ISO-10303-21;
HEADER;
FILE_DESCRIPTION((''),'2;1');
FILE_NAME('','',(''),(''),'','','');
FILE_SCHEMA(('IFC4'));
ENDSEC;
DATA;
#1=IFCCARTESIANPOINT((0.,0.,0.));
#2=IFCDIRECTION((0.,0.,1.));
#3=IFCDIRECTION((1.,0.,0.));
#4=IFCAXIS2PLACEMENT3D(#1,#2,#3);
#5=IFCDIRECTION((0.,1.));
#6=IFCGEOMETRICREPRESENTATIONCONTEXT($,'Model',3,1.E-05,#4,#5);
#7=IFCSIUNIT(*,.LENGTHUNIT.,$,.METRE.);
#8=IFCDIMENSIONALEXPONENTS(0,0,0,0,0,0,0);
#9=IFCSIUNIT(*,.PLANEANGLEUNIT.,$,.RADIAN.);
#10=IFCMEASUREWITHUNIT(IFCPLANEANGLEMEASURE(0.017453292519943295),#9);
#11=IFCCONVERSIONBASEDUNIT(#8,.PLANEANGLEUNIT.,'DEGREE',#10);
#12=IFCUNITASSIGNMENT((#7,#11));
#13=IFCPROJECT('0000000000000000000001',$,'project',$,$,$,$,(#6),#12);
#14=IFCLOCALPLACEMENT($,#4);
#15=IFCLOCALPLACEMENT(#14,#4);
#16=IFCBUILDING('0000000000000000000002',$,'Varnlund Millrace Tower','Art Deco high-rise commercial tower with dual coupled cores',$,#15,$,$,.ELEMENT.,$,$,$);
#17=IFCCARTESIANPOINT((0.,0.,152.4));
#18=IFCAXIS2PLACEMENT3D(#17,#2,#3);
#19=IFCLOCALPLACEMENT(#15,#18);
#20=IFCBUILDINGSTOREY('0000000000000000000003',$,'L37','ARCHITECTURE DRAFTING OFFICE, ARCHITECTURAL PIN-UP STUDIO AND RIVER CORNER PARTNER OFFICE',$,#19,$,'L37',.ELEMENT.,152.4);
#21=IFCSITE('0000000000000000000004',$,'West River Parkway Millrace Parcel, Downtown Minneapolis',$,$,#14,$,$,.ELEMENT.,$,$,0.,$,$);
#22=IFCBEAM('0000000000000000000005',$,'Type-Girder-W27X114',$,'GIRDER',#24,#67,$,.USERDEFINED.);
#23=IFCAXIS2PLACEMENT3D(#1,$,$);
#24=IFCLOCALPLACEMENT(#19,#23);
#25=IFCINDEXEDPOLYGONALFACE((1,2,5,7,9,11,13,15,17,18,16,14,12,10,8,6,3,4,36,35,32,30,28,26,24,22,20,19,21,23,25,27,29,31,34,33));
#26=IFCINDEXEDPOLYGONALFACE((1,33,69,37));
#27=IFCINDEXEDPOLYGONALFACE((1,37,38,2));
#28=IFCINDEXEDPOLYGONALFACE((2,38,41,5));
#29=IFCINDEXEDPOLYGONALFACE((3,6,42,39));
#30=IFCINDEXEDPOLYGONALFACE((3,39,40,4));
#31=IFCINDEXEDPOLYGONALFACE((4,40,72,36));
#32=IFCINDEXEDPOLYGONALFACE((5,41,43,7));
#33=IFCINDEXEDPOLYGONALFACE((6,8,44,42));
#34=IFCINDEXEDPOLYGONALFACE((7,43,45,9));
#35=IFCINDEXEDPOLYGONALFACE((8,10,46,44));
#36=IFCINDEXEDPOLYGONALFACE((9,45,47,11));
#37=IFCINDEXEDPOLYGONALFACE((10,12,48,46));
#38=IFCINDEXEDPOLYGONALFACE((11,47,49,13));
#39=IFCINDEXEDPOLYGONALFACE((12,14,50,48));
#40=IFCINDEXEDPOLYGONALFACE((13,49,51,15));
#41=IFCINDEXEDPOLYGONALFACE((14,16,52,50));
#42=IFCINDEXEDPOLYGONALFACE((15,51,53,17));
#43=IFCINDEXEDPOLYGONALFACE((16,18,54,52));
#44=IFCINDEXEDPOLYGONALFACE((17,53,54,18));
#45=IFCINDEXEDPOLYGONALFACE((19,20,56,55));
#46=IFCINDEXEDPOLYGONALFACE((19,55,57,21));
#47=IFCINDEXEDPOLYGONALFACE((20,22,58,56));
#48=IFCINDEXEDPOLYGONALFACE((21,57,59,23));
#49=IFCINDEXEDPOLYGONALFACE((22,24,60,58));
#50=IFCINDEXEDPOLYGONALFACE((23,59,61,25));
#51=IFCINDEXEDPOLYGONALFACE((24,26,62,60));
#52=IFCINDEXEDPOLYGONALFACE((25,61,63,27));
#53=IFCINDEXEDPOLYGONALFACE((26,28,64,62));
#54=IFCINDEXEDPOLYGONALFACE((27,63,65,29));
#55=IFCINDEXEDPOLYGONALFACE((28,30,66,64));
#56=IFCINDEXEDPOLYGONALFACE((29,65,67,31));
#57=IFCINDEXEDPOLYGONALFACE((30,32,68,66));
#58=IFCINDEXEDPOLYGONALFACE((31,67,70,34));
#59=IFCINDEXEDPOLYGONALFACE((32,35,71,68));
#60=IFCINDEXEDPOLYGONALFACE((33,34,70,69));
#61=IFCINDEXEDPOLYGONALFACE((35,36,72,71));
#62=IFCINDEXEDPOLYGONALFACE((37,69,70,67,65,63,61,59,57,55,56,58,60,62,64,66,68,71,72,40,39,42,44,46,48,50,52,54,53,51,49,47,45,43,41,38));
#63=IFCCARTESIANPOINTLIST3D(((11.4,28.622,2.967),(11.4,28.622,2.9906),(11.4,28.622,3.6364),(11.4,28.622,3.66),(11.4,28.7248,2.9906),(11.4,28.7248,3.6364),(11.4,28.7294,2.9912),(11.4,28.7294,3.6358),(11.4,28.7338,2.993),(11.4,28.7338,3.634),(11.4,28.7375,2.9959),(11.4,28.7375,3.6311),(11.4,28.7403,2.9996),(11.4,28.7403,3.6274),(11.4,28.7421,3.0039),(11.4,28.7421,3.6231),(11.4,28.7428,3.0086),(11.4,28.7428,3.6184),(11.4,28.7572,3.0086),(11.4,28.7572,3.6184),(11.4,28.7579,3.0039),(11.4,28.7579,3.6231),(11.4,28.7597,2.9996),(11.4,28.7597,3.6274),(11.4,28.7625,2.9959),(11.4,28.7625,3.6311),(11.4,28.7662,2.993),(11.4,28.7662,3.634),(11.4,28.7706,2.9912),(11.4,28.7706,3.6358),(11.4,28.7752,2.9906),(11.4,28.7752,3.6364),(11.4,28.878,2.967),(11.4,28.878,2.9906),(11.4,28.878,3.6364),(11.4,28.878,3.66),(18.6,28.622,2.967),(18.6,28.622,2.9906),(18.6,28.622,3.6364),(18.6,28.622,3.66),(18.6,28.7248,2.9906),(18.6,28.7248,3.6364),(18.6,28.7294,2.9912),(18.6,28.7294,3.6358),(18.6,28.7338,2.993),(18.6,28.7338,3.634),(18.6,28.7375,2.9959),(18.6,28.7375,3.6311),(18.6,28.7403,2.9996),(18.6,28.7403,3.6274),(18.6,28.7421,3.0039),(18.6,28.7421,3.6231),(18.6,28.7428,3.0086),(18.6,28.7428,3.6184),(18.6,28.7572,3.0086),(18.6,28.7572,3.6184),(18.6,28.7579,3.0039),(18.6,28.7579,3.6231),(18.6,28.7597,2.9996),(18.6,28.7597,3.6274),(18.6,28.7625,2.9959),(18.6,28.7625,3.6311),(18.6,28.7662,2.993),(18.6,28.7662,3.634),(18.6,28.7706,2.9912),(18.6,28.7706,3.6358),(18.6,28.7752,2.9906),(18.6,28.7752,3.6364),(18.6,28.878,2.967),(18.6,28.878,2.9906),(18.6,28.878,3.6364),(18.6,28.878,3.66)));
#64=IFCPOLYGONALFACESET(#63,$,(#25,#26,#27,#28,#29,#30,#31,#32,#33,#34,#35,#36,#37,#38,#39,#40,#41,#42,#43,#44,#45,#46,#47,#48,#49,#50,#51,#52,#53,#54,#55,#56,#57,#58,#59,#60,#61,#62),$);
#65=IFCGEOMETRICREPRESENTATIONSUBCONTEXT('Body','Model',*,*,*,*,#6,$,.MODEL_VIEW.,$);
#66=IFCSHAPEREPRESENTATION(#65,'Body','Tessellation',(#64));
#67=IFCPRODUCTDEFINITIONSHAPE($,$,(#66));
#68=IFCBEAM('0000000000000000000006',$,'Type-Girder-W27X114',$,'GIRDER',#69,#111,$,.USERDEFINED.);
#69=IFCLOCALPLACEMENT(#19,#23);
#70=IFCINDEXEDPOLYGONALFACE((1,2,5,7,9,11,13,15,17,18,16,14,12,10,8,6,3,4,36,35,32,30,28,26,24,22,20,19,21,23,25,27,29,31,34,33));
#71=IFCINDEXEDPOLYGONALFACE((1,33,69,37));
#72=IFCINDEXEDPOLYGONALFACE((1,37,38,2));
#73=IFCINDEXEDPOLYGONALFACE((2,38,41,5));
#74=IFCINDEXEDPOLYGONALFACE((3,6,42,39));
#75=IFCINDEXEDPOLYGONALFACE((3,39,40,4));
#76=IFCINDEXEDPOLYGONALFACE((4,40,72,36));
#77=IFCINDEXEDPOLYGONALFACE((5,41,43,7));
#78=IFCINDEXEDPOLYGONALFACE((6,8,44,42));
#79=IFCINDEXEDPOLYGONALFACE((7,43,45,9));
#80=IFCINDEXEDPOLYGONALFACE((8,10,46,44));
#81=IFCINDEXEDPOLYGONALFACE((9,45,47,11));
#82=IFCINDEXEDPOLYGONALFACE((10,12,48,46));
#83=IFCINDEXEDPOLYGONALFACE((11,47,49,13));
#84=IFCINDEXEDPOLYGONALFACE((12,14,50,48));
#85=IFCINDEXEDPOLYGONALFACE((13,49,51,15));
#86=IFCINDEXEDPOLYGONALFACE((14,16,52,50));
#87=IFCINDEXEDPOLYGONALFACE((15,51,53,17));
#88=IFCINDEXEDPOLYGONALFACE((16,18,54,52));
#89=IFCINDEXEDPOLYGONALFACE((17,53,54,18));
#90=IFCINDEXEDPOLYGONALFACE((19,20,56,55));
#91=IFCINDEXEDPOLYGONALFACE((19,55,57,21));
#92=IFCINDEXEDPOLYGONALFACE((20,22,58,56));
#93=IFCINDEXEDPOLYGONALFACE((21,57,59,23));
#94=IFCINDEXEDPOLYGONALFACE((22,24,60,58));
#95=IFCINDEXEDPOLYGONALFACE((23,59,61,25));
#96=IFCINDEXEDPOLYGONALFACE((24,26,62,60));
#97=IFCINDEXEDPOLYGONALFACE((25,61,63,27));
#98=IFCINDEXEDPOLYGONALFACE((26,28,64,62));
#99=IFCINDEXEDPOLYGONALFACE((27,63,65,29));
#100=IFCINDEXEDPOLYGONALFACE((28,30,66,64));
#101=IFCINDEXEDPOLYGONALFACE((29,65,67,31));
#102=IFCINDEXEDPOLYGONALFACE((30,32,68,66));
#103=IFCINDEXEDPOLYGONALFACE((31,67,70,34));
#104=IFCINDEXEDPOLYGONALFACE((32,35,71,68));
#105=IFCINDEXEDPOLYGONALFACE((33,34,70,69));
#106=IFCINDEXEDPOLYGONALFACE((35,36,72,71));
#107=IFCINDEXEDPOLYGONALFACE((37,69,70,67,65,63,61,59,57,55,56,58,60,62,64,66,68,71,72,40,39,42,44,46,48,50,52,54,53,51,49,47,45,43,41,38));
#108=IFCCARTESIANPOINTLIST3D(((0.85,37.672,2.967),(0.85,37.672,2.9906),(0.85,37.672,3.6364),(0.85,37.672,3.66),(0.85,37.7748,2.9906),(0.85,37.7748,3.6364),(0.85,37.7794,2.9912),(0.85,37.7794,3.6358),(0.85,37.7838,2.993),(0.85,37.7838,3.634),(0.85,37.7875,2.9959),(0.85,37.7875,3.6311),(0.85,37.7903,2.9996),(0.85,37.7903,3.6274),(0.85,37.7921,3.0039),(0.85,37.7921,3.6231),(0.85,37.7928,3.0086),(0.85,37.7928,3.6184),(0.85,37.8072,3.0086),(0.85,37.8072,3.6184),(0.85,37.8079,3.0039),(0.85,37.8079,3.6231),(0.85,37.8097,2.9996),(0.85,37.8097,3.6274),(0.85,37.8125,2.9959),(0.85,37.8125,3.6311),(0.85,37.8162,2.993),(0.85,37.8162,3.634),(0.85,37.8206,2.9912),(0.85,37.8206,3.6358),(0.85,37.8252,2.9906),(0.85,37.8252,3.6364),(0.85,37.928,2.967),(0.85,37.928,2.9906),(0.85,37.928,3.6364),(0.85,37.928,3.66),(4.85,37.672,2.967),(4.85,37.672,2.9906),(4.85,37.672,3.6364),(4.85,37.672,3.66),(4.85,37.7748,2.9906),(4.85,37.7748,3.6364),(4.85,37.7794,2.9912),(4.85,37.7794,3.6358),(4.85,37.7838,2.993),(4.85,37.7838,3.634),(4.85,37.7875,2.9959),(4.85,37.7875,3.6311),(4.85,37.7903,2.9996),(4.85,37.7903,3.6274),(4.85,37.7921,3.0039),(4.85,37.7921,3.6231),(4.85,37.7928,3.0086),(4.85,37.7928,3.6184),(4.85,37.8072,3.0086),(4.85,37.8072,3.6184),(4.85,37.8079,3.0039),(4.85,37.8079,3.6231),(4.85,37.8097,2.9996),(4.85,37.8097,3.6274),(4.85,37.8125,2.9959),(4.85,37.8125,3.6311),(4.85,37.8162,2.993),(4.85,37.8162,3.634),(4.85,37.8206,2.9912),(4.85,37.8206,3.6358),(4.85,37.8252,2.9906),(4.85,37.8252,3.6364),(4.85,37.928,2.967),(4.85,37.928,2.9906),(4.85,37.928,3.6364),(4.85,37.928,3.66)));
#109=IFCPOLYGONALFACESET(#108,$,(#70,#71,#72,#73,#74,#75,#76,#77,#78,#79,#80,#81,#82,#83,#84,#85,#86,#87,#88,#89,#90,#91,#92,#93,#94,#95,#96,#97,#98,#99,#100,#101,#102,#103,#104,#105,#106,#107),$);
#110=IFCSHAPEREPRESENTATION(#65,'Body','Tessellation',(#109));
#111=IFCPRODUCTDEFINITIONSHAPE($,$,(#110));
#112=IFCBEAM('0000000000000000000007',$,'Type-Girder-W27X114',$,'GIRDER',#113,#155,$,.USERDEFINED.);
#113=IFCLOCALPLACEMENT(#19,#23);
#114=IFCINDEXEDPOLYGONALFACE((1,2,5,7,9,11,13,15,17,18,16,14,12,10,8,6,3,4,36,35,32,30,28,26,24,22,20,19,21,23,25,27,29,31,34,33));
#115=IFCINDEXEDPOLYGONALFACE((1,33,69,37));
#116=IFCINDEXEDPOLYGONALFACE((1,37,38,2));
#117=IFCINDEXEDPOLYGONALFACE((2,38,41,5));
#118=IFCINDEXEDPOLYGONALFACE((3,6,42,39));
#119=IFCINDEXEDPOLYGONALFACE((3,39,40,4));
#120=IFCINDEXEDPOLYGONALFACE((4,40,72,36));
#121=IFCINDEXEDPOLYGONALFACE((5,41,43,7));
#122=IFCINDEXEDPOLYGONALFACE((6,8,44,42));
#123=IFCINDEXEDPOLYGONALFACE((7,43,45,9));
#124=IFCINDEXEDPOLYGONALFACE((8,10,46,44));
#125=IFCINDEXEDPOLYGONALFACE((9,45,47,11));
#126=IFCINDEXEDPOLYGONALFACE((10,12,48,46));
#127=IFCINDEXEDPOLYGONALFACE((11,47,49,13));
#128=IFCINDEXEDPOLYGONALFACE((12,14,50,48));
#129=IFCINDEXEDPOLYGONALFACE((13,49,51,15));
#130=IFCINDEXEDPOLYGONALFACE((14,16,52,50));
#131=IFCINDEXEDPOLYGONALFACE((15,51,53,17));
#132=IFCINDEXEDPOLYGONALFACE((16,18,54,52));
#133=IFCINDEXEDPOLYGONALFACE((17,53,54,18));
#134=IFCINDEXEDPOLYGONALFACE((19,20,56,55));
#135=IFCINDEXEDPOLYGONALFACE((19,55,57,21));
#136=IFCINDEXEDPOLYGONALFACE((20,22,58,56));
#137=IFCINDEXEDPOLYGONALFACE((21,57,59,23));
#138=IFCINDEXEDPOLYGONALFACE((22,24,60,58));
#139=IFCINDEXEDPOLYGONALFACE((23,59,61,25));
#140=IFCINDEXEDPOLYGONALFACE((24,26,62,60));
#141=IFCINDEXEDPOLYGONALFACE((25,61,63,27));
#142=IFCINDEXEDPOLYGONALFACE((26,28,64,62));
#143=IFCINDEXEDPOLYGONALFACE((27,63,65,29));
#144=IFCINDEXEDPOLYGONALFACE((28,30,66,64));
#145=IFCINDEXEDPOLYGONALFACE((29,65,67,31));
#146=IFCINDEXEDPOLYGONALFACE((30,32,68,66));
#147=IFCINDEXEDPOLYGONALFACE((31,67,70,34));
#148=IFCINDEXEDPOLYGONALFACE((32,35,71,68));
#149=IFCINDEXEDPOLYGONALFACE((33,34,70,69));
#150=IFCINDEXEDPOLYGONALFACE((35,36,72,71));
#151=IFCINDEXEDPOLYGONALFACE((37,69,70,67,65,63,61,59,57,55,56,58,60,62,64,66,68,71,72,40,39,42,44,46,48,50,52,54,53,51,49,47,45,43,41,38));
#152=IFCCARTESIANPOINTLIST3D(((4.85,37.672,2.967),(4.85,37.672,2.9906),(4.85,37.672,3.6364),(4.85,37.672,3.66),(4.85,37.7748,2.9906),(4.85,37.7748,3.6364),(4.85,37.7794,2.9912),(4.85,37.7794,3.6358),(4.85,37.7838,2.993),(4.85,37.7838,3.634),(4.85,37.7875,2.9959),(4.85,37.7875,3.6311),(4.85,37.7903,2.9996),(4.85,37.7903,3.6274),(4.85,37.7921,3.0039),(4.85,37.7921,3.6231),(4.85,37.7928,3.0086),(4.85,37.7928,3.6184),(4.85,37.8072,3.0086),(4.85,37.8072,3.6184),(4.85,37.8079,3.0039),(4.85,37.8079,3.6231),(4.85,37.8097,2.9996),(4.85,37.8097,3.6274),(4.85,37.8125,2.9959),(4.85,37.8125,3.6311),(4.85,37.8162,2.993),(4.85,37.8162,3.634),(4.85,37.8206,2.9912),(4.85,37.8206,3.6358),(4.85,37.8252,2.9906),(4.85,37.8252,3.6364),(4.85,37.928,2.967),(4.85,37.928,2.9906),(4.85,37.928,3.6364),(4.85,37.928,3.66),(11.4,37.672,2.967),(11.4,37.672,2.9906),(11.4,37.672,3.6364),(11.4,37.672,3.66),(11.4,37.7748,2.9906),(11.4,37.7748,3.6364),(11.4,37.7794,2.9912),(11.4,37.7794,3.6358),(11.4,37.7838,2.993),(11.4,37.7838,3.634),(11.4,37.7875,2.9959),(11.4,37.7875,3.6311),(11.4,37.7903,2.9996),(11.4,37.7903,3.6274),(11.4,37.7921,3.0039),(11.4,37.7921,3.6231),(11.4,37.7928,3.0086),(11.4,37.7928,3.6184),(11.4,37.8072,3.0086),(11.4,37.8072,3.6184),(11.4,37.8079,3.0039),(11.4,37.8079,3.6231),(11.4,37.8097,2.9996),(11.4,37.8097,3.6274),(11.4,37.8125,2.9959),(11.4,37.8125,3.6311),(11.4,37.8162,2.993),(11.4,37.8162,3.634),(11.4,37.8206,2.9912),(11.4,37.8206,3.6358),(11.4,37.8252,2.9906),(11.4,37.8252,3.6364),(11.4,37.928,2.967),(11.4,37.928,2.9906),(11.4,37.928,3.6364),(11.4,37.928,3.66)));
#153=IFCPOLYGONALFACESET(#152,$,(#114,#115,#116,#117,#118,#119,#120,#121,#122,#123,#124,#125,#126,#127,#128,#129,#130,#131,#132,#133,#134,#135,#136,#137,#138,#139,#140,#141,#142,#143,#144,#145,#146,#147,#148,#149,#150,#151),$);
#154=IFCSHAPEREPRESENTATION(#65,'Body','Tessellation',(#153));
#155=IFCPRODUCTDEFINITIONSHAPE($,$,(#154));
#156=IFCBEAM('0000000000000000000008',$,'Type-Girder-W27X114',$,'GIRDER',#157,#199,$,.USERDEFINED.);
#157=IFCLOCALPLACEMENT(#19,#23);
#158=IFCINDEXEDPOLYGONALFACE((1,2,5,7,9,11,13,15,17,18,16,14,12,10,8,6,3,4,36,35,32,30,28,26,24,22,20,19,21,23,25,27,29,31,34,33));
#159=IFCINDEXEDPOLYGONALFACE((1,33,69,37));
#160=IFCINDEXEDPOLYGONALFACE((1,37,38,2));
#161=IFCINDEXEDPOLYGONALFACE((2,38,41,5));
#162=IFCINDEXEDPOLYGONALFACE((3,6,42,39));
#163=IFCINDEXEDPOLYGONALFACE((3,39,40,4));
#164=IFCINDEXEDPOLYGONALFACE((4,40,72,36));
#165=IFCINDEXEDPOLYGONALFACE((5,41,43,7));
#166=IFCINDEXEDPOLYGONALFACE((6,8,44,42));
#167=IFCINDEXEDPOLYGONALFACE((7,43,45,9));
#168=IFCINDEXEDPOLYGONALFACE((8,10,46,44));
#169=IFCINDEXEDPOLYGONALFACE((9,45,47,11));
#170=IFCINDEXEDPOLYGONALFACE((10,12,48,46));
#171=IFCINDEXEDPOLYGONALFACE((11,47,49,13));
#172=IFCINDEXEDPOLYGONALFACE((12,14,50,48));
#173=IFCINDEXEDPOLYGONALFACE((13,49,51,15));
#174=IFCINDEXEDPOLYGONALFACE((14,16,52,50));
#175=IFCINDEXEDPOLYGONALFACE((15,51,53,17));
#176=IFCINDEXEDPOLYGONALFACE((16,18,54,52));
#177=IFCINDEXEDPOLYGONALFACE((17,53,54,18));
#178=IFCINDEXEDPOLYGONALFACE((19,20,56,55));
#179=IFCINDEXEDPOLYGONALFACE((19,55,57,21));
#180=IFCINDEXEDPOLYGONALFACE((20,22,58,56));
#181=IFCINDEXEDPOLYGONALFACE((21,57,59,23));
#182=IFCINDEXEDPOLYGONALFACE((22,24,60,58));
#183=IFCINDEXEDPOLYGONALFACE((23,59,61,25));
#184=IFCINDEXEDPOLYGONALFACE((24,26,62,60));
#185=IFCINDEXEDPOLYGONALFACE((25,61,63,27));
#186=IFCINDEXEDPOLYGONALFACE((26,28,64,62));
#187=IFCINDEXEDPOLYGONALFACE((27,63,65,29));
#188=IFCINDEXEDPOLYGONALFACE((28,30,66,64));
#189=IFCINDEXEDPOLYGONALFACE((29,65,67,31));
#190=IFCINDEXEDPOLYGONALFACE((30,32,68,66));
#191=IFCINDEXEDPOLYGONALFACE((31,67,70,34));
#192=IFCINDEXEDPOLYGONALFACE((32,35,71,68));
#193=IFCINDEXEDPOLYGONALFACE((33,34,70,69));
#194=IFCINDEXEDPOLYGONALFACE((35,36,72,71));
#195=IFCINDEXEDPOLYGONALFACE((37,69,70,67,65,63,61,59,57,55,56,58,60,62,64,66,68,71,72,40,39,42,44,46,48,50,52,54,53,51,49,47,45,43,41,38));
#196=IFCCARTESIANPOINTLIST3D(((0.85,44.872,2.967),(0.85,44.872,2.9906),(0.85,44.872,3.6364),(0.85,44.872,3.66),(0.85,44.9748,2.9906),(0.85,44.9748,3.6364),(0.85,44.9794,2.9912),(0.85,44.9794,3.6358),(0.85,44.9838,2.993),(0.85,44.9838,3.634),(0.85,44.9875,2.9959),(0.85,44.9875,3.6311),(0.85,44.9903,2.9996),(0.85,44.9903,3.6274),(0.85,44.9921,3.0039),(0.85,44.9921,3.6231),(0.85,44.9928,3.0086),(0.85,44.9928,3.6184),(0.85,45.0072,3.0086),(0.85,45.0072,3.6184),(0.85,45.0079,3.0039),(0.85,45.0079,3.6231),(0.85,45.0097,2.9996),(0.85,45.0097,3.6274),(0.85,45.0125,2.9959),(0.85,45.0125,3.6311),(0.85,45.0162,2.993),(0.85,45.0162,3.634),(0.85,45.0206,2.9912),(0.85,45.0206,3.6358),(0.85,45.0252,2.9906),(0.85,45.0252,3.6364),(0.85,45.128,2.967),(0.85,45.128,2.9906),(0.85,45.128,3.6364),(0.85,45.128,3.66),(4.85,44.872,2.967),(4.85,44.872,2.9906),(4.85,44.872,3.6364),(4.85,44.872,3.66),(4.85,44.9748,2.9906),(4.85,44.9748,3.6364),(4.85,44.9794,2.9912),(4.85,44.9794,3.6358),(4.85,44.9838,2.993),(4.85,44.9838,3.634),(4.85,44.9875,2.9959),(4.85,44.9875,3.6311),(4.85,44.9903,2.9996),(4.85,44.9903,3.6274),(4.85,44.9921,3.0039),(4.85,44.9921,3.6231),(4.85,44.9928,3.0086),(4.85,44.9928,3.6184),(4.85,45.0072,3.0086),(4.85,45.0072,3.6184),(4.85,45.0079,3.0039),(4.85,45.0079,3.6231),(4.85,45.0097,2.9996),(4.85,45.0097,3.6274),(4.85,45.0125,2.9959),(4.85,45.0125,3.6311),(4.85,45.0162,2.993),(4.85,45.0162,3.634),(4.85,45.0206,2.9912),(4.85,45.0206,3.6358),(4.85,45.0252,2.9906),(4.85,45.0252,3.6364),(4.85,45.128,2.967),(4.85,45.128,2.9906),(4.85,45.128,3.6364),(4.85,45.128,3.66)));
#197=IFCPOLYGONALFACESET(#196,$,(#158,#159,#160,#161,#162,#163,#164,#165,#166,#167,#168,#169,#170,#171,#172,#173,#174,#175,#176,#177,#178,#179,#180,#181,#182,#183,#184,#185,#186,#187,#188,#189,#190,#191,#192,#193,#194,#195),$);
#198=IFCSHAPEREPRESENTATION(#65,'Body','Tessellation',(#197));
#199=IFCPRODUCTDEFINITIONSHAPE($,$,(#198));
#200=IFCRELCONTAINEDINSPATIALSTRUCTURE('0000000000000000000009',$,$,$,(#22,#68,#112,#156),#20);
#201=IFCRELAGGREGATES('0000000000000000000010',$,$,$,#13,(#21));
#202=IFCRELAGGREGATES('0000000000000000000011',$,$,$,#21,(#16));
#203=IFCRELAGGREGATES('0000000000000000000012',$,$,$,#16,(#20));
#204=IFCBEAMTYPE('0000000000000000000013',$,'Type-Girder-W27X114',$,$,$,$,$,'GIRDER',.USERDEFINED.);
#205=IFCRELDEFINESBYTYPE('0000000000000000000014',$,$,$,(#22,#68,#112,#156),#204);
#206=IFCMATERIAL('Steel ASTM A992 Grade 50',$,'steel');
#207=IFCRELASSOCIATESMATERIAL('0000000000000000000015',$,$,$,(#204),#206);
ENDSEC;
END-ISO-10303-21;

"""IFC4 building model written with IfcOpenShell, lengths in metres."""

from ifc_helpers import new_model, entity, si_unit, converted_unit, direction, frame, origin_with_axes, origin_2d_with_axis, place, context, subcontext, project, spatial, i_section, extrude, material, material_profile, profile_set, type_object, element, save


model = new_model("IFC4")

# Units and contexts
model_context = context("Model", 3, precision=1e-05, world=origin_with_axes(), true_north=direction((0.0, 1.0)))
body_context = subcontext(model_context, "Body", "Model", "MODEL_VIEW")
ifc_project = project(units=[si_unit("LENGTHUNIT", "METRE"), converted_unit("PLANEANGLEUNIT", "DEGREE", entity("IfcPlaneAngleMeasure", 0.017453292519943295), si_unit("PLANEANGLEUNIT", "RADIAN"), dimensions=[0, 0, 0, 0, 0, 0, 0])], contexts=[model_context])

# Site, building, storey
site_placement = place(None, origin_with_axes())
site = spatial("IfcSite", under=ifc_project, at=site_placement, Name="West River Parkway Millrace Parcel, Downtown Minneapolis", CompositionType="ELEMENT", RefElevation=0.0)
building_placement = place(site_placement, origin_with_axes())
building = spatial("IfcBuilding", under=site, at=building_placement, Name="Varnlund Millrace Tower", Description="Art Deco high-rise commercial tower with dual coupled cores", CompositionType="ELEMENT")
storey_placement = place(building_placement, frame((0.0, 0.0, 152.4), z_axis=(0.0, 0.0, 1.0), x_axis=(1.0, 0.0, 0.0)))
storey = spatial("IfcBuildingStorey", under=building, at=storey_placement, Name="L37", Description="ARCHITECTURE DRAFTING OFFICE, ARCHITECTURAL PIN-UP STUDIO AND RIVER CORNER PARTNER OFFICE", LongName="L37", CompositionType="ELEMENT", Elevation=152.4)

# Beams
ifc_material_1 = material(Name="Steel ASTM A992 Grade 50", Category="steel")
ifc_material_profile_1 = material_profile(ifc_material_1, i_section(OverallWidth=0.256, OverallDepth=0.693, WebThickness=0.0145, FlangeThickness=0.0236, FilletRadius=0.018, at=origin_2d_with_axis()), Name="Steel ASTM A992 Grade 50")
ifc_profile_set_1 = profile_set([ifc_material_profile_1], Name="Steel ASTM A992 Grade 50")
beam_type_1 = type_object("IfcBeamType", Name="Type-Girder-W27X114", ElementType="GIRDER", PredefinedType="USERDEFINED", material=ifc_profile_set_1)
beam_1_placement = place(storey_placement, frame((11.4, 28.75, 3.3135), z_axis=(1.0, 0.0, 0.0), x_axis=(0.0, 1.0, 0.0)))
element("IfcBeam", 1, at=beam_1_placement, inside=storey, type_object=beam_type_1, Name="Type-Girder-W27X114", ObjectType="GIRDER", PredefinedType="USERDEFINED", context=body_context, shape_type="SweptSolid", body=[
    extrude(i_section(OverallWidth=0.256, OverallDepth=0.693, WebThickness=0.0145, FlangeThickness=0.0236, FilletRadius=0.018, at=origin_2d_with_axis()), origin_with_axes(), (0.0, 0.0, 1.0), 7.2),
])
beam_2_placement = place(storey_placement, frame((0.85, 37.8, 3.3135), z_axis=(1.0, 0.0, 0.0), x_axis=(0.0, 1.0, 0.0)))
element("IfcBeam", 2, at=beam_2_placement, inside=storey, type_object=beam_type_1, Name="Type-Girder-W27X114", ObjectType="GIRDER", PredefinedType="USERDEFINED", context=body_context, shape_type="SweptSolid", body=[
    extrude(i_section(OverallWidth=0.256, OverallDepth=0.693, WebThickness=0.0145, FlangeThickness=0.0236, FilletRadius=0.018, at=origin_2d_with_axis()), origin_with_axes(), (0.0, 0.0, 1.0), 4.0),
])
beam_3_placement = place(storey_placement, frame((4.85, 37.8, 3.3135), z_axis=(1.0, 0.0, 0.0), x_axis=(0.0, 1.0, 0.0)))
element("IfcBeam", 3, at=beam_3_placement, inside=storey, type_object=beam_type_1, Name="Type-Girder-W27X114", ObjectType="GIRDER", PredefinedType="USERDEFINED", context=body_context, shape_type="SweptSolid", body=[
    extrude(i_section(OverallWidth=0.256, OverallDepth=0.693, WebThickness=0.0145, FlangeThickness=0.0236, FilletRadius=0.018, at=origin_2d_with_axis()), origin_with_axes(), (0.0, 0.0, 1.0), 6.55),
])
beam_4_placement = place(storey_placement, frame((0.85, 45.0, 3.3135), z_axis=(1.0, 0.0, 0.0), x_axis=(0.0, 1.0, 0.0)))
element("IfcBeam", 4, at=beam_4_placement, inside=storey, type_object=beam_type_1, Name="Type-Girder-W27X114", ObjectType="GIRDER", PredefinedType="USERDEFINED", context=body_context, shape_type="SweptSolid", body=[
    extrude(i_section(OverallWidth=0.256, OverallDepth=0.693, WebThickness=0.0145, FlangeThickness=0.0236, FilletRadius=0.018, at=origin_2d_with_axis()), origin_with_axes(), (0.0, 0.0, 1.0), 4.0),
])

save(model, "model.ifc")
